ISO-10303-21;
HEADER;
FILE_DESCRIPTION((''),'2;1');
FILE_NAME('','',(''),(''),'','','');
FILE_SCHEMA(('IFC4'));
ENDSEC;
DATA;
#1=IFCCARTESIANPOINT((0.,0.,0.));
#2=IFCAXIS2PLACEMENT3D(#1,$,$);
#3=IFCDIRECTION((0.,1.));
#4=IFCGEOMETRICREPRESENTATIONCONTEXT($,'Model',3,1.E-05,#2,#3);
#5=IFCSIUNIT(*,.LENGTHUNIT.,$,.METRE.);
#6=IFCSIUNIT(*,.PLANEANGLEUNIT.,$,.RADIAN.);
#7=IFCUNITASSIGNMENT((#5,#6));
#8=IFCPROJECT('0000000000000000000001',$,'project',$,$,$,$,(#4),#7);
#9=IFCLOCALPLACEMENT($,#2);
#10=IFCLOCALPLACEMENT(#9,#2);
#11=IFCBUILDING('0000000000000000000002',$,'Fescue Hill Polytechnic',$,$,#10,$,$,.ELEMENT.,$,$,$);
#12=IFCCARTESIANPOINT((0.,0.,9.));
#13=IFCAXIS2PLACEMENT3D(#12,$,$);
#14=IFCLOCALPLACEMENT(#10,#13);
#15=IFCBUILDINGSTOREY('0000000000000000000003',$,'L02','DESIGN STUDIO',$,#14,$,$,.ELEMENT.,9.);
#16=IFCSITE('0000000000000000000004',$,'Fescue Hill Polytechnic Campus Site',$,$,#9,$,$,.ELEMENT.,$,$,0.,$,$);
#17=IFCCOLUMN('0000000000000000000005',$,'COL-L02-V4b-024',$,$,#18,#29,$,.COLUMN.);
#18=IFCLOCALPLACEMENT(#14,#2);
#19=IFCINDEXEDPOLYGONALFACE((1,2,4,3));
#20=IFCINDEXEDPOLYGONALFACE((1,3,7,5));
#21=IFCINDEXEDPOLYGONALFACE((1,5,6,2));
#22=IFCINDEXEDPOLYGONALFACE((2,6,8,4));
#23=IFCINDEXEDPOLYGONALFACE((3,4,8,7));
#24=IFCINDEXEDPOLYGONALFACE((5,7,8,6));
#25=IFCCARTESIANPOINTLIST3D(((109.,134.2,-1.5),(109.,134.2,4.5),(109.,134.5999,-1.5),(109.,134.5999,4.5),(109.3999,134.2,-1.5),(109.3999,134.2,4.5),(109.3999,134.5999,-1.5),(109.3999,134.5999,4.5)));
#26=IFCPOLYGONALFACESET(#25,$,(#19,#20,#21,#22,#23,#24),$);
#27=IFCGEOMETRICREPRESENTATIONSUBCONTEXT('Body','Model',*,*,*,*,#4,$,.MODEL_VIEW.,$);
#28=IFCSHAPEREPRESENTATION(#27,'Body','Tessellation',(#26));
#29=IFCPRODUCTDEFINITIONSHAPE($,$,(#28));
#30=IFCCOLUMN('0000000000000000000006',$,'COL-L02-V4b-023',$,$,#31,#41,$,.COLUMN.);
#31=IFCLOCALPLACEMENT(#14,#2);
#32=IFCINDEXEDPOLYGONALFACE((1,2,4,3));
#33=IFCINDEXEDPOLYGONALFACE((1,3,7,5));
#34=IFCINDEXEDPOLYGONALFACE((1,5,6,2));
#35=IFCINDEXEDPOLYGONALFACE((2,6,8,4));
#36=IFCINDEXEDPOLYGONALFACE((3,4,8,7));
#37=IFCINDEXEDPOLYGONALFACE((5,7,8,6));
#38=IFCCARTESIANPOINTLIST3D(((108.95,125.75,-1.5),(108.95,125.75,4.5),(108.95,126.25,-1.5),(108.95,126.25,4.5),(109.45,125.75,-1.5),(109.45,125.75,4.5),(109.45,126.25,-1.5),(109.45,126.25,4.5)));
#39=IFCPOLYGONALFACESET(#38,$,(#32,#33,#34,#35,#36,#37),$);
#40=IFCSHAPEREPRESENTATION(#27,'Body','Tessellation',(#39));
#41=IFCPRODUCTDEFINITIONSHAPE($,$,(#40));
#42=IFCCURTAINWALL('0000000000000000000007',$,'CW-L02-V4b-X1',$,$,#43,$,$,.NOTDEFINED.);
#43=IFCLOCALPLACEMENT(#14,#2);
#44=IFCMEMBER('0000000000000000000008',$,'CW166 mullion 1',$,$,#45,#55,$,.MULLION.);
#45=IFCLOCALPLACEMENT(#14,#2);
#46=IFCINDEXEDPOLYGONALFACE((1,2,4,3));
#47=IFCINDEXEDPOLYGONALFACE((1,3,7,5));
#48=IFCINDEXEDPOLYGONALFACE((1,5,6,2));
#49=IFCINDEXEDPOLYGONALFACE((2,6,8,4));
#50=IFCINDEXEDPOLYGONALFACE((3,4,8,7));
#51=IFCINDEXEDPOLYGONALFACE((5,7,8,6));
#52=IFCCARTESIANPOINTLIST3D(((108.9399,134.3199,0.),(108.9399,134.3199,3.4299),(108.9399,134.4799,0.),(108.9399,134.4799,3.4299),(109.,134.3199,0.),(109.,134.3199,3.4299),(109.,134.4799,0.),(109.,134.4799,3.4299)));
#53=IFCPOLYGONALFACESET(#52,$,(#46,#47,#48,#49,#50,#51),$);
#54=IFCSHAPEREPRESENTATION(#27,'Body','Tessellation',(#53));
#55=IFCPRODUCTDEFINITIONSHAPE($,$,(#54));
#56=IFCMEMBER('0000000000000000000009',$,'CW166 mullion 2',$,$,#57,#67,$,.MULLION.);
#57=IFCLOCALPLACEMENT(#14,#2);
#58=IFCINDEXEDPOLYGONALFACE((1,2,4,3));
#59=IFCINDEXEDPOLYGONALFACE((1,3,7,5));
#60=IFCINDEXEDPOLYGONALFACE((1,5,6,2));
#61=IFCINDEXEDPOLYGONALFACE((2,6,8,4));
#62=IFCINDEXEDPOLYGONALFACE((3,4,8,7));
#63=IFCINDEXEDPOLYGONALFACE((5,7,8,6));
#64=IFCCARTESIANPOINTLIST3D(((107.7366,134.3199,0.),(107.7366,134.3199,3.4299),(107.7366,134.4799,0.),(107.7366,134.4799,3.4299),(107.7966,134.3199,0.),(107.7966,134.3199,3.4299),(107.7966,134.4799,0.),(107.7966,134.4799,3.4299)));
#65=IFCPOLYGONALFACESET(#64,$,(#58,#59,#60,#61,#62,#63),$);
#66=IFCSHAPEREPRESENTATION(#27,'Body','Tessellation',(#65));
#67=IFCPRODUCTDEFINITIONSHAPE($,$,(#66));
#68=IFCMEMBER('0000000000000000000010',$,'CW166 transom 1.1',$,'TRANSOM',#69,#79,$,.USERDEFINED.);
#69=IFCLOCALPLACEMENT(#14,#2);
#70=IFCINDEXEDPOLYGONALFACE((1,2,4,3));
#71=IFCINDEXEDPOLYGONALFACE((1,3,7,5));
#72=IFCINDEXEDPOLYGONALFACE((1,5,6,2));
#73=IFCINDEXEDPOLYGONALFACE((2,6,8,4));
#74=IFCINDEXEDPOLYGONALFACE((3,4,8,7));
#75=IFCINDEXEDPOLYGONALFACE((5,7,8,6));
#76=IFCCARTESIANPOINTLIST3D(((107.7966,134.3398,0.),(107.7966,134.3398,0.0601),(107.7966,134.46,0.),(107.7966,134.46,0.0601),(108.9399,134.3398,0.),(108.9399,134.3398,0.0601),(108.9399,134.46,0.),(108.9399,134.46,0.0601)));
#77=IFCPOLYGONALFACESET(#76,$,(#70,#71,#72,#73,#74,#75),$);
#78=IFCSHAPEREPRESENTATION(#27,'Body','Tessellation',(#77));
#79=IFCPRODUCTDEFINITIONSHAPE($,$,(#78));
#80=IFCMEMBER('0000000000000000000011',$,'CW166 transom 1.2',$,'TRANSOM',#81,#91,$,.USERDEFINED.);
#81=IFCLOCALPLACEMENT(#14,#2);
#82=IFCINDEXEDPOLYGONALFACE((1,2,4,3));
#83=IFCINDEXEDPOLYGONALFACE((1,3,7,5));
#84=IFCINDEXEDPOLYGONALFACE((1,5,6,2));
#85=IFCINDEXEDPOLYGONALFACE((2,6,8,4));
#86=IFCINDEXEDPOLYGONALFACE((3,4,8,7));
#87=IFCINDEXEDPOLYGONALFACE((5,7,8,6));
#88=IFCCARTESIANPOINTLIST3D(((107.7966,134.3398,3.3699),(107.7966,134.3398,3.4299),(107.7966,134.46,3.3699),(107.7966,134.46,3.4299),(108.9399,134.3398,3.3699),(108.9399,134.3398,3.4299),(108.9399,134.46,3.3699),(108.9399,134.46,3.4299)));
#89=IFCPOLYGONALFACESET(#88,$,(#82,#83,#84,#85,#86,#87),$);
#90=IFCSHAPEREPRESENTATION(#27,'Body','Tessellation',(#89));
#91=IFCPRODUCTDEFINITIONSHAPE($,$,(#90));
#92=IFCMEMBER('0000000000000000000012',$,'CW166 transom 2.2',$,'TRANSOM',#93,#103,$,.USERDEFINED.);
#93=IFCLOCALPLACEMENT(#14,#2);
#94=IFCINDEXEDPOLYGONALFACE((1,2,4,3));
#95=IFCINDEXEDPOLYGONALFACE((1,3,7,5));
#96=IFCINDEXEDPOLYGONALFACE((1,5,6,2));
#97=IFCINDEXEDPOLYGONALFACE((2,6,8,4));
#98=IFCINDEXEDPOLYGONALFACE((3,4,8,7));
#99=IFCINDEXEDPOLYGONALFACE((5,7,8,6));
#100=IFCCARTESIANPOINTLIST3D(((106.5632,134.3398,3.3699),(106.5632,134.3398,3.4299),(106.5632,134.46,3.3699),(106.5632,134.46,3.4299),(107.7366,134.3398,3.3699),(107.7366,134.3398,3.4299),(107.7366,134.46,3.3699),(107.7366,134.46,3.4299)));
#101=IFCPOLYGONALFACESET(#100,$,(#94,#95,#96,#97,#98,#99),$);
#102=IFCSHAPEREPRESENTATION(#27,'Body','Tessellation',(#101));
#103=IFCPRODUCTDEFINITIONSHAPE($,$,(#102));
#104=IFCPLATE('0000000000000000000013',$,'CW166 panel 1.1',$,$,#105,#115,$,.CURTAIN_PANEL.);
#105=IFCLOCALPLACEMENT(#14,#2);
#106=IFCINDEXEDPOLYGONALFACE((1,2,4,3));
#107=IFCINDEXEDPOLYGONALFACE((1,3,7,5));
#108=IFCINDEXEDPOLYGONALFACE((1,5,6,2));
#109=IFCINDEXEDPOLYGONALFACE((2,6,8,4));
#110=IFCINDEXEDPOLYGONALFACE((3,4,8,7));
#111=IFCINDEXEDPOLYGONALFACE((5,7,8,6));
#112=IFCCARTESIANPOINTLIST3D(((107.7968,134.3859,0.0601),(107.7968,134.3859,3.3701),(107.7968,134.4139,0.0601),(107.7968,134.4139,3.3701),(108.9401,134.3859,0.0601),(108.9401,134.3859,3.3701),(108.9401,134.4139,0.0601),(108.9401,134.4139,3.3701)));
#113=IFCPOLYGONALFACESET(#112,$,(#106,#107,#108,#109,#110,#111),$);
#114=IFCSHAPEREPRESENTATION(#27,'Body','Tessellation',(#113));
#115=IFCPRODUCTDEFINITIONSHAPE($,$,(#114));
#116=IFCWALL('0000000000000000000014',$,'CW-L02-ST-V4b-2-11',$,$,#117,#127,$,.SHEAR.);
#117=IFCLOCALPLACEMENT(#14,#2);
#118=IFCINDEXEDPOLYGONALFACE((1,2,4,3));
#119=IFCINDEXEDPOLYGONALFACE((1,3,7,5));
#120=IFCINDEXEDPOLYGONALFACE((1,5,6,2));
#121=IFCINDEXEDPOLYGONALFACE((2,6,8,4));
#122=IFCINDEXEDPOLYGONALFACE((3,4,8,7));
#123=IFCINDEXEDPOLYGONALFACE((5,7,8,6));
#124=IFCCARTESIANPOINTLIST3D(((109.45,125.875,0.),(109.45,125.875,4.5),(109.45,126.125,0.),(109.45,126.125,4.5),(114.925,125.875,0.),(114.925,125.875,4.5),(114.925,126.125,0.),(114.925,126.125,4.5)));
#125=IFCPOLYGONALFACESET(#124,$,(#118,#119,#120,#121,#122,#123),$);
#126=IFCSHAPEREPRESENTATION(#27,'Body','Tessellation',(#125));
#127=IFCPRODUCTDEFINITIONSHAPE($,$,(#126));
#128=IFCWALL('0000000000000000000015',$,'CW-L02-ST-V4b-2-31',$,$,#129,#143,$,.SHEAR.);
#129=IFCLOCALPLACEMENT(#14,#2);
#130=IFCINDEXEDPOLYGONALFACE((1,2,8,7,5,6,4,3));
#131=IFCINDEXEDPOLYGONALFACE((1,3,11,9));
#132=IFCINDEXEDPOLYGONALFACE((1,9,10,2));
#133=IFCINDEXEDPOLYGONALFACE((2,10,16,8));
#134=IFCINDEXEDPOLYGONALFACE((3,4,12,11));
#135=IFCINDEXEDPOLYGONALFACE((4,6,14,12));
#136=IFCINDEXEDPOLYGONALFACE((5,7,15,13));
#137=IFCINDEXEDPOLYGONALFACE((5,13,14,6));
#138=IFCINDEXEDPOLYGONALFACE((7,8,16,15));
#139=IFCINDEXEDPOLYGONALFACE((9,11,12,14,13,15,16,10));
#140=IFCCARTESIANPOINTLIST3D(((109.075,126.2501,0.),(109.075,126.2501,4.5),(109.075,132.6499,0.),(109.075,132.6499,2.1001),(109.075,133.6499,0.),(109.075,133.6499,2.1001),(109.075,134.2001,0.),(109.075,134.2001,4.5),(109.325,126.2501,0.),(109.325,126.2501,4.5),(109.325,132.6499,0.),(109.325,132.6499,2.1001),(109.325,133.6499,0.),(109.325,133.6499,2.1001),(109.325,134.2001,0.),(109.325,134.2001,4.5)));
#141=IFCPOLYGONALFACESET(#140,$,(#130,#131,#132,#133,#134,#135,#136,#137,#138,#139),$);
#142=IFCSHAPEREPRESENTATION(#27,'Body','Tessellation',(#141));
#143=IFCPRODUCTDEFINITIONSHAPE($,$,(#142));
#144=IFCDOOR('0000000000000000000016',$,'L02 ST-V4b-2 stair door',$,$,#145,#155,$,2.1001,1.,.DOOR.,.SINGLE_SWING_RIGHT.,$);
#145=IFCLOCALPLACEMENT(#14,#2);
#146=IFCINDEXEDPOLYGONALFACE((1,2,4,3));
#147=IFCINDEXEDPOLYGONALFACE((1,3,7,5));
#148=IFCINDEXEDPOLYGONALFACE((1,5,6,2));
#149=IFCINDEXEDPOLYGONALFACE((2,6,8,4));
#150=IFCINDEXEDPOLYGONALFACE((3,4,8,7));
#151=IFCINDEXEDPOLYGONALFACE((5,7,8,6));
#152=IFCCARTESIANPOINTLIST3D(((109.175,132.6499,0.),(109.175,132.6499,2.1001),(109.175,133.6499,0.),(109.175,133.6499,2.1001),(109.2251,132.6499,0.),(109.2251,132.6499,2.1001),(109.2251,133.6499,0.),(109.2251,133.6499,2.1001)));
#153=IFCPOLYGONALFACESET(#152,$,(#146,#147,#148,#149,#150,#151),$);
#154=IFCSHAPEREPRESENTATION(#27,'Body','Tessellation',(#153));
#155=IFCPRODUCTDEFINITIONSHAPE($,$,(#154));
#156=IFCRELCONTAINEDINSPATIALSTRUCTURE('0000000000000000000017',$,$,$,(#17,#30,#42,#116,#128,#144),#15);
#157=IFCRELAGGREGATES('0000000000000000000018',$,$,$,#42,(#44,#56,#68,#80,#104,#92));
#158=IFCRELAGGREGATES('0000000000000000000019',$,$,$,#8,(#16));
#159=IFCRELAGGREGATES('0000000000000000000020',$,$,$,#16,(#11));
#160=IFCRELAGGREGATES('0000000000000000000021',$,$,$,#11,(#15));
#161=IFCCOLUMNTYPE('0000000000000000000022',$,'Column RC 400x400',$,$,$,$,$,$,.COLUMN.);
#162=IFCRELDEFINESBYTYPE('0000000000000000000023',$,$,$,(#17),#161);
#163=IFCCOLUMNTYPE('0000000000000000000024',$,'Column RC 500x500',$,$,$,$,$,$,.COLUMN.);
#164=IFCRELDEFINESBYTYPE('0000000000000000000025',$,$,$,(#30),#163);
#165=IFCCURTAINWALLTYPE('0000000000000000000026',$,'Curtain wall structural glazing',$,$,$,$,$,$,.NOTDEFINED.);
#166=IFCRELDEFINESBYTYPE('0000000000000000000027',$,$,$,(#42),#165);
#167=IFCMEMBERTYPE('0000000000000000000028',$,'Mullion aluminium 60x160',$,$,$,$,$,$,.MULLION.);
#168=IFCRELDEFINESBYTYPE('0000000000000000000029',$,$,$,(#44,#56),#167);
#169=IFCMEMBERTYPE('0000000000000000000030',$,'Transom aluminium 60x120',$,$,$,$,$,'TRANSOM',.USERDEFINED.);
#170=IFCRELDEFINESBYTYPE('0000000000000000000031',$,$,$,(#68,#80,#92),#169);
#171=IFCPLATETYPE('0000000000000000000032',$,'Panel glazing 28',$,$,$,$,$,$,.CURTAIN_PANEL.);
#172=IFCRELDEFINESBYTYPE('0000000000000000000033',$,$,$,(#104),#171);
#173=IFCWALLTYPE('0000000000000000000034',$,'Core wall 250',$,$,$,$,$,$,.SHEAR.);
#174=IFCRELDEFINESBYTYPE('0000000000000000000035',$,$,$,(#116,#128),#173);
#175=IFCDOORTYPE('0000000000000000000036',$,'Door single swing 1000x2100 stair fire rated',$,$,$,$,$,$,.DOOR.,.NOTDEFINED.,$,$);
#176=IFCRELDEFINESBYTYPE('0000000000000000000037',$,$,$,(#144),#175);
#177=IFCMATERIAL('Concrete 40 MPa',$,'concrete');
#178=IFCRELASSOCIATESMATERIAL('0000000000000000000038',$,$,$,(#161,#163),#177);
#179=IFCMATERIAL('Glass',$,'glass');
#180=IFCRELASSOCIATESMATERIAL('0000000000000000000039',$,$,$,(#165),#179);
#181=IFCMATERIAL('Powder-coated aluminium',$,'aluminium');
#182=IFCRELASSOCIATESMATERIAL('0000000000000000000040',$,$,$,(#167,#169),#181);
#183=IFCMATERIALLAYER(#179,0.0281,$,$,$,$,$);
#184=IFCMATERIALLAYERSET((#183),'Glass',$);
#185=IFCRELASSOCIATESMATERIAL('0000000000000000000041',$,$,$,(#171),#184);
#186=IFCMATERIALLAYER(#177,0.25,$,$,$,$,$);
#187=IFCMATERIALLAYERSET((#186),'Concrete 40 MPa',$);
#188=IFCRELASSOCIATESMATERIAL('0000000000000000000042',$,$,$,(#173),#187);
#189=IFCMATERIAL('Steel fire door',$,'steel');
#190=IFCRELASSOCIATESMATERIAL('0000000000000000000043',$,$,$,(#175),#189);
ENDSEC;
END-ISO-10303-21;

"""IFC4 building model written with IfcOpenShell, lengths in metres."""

from ifc_helpers import new_model, si_unit, direction, frame, frame_2d, origin, origin_2d, place, context, subcontext, project, spatial, rectangle, extrude, material, layer, layer_set, material_profile, profile_set, type_object, element, fill, aggregate, save


model = new_model("IFC4")

# Units and contexts
model_context = context("Model", 3, precision=1e-05, world=origin(), true_north=direction((0.0, 1.0)))
body_context = subcontext(model_context, "Body", "Model", "MODEL_VIEW")
ifc_project = project(units=[si_unit("LENGTHUNIT", "METRE"), si_unit("PLANEANGLEUNIT", "RADIAN")], contexts=[model_context])

# Site, building, storey
site_placement = place(None, origin())
site = spatial("IfcSite", under=ifc_project, at=site_placement, Name="Fescue Hill Polytechnic Campus Site", CompositionType="ELEMENT", RefElevation=0.0)
building_placement = place(site_placement, origin())
building = spatial("IfcBuilding", under=site, at=building_placement, Name="Fescue Hill Polytechnic", CompositionType="ELEMENT")
storey_placement = place(building_placement, frame((0.0, 0.0, 9.0)))
storey = spatial("IfcBuildingStorey", under=building, at=storey_placement, Name="L02", Description="DESIGN STUDIO", CompositionType="ELEMENT", Elevation=9.0)

# Columns
ifc_material_1 = material(Name="Concrete 40 MPa", Category="concrete")
ifc_material_profile_1 = material_profile(ifc_material_1, rectangle(XDim=0.3999, YDim=0.3999, at=origin_2d()), Name="RC 400x400")
ifc_profile_set_1 = profile_set([ifc_material_profile_1], Name="Concrete 40 MPa")
column_type_1 = type_object("IfcColumnType", Name="Column RC 400x400", PredefinedType="COLUMN", material=ifc_profile_set_1)
column_1_placement = place(storey_placement, frame((109.2, 134.3999, -1.5), z_axis=(0.0, 0.0, 1.0), x_axis=(1.0, 0.0, 0.0)))
element("IfcColumn", 1, at=column_1_placement, inside=storey, type_object=column_type_1, Name="COL-L02-V4b-024", PredefinedType="COLUMN", context=body_context, shape_type="SweptSolid", body=[
    extrude(rectangle(XDim=0.3999, YDim=0.3999, at=origin_2d()), origin(), (0.0, 0.0, 1.0), 6.0),
])
ifc_material_profile_2 = material_profile(ifc_material_1, rectangle(XDim=0.5, YDim=0.5, at=origin_2d()), Name="RC 500x500")
ifc_profile_set_2 = profile_set([ifc_material_profile_2], Name="Concrete 40 MPa")
column_type_2 = type_object("IfcColumnType", Name="Column RC 500x500", PredefinedType="COLUMN", material=ifc_profile_set_2)
column_2_placement = place(storey_placement, frame((109.2, 126.0, -1.5), z_axis=(0.0, 0.0, 1.0), x_axis=(1.0, 0.0, 0.0)))
element("IfcColumn", 2, at=column_2_placement, inside=storey, type_object=column_type_2, Name="COL-L02-V4b-023", PredefinedType="COLUMN", context=body_context, shape_type="SweptSolid", body=[
    extrude(rectangle(XDim=0.5, YDim=0.5, at=origin_2d()), origin(), (0.0, 0.0, 1.0), 6.0),
])

# Curtain wall, members, plate
ifc_material_2 = material(Name="Glass", Category="glass")
curtain_wall_type = type_object("IfcCurtainWallType", Name="Curtain wall structural glazing", PredefinedType="NOTDEFINED", material=ifc_material_2)
curtain_wall_placement = place(storey_placement, origin())
curtain_wall = element("IfcCurtainWall", 3, at=curtain_wall_placement, inside=storey, type_object=curtain_wall_type, Name="CW-L02-V4b-X1", PredefinedType="NOTDEFINED")
ifc_material_3 = material(Name="Powder-coated aluminium", Category="aluminium")
ifc_material_profile_3 = material_profile(ifc_material_3, rectangle(XDim=0.1599, YDim=0.0601, at=origin_2d()), Name="Mullion aluminium 60x160")
ifc_profile_set_3 = profile_set([ifc_material_profile_3], Name="Powder-coated aluminium")
member_type_1 = type_object("IfcMemberType", Name="Mullion aluminium 60x160", PredefinedType="MULLION", material=ifc_profile_set_3)
member_1_placement = place(storey_placement, frame((108.97, 134.3999, 0.0), z_axis=(0.0, 0.0, 1.0), x_axis=(0.0, -1.0, 0.0)))
member_1 = element("IfcMember", 4, at=member_1_placement, type_object=member_type_1, Name="CW166 mullion 1", PredefinedType="MULLION", context=body_context, shape_type="SweptSolid", body=[
    extrude(rectangle(XDim=0.1599, YDim=0.0601, at=origin_2d()), origin(), (0.0, 0.0, 1.0), 3.4299),
])
member_2_placement = place(storey_placement, frame((107.7666, 134.3999, 0.0), z_axis=(0.0, 0.0, 1.0), x_axis=(0.0, -1.0, 0.0)))
member_2 = element("IfcMember", 5, at=member_2_placement, type_object=member_type_1, Name="CW166 mullion 2", PredefinedType="MULLION", context=body_context, shape_type="SweptSolid", body=[
    extrude(rectangle(XDim=0.1599, YDim=0.0601, at=origin_2d()), origin(), (0.0, 0.0, 1.0), 3.4299),
])
ifc_material_profile_4 = material_profile(ifc_material_3, rectangle(XDim=0.1201, YDim=0.0601, at=origin_2d()), Name="Transom aluminium 60x120")
ifc_profile_set_4 = profile_set([ifc_material_profile_4], Name="Powder-coated aluminium")
member_type_2 = type_object("IfcMemberType", Name="Transom aluminium 60x120", ElementType="TRANSOM", PredefinedType="USERDEFINED", material=ifc_profile_set_4)
member_3_placement = place(storey_placement, frame((108.9399, 134.3999, 0.03), z_axis=(-1.0, 0.0, 0.0), x_axis=(0.0, -1.0, 0.0)))
member_3 = element("IfcMember", 6, at=member_3_placement, type_object=member_type_2, Name="CW166 transom 1.1", ObjectType="TRANSOM", PredefinedType="USERDEFINED", context=body_context, shape_type="SweptSolid", body=[
    extrude(rectangle(XDim=0.1201, YDim=0.0601, at=origin_2d()), origin(), (0.0, 0.0, 1.0), 1.1433),
])
member_4_placement = place(storey_placement, frame((108.9399, 134.3999, 3.3999), z_axis=(-1.0, 0.0, 0.0), x_axis=(0.0, -1.0, 0.0)))
member_4 = element("IfcMember", 7, at=member_4_placement, type_object=member_type_2, Name="CW166 transom 1.2", ObjectType="TRANSOM", PredefinedType="USERDEFINED", context=body_context, shape_type="SweptSolid", body=[
    extrude(rectangle(XDim=0.1201, YDim=0.0601, at=origin_2d()), origin(), (0.0, 0.0, 1.0), 1.1433),
])
member_5_placement = place(storey_placement, frame((107.7366, 134.3999, 3.3999), z_axis=(-1.0, 0.0, 0.0), x_axis=(0.0, -1.0, 0.0)))
member_5 = element("IfcMember", 8, at=member_5_placement, type_object=member_type_2, Name="CW166 transom 2.2", ObjectType="TRANSOM", PredefinedType="USERDEFINED", context=body_context, shape_type="SweptSolid", body=[
    extrude(rectangle(XDim=0.1201, YDim=0.0601, at=origin_2d()), origin(), (0.0, 0.0, 1.0), 1.1733),
])
ifc_layer_1 = layer(ifc_material_2, 0.0281)
ifc_layer_set_1 = layer_set([ifc_layer_1], Name="Glass")
plate_type = type_object("IfcPlateType", Name="Panel glazing 28", PredefinedType="CURTAIN_PANEL", material=ifc_layer_set_1)
plate_placement = place(storey_placement, frame((108.3684, 134.3999, 0.0601), z_axis=(0.0, 0.0, 1.0), x_axis=(-1.0, 0.0, 0.0)))
plate = element("IfcPlate", 9, at=plate_placement, type_object=plate_type, Name="CW166 panel 1.1", PredefinedType="CURTAIN_PANEL", context=body_context, shape_type="SweptSolid", body=[
    extrude(rectangle(XDim=1.1433, YDim=0.0281, at=origin_2d()), origin(), (0.0, 0.0, 1.0), 3.3101),
])
aggregate(curtain_wall, [member_1, member_2, member_3, member_4, plate, member_5])

# Wall
ifc_layer_2 = layer(ifc_material_1, 0.25)
ifc_layer_set_2 = layer_set([ifc_layer_2], Name="Concrete 40 MPa")
wall_type_1 = type_object("IfcWallType", Name="Core wall 250", PredefinedType="SHEAR", material=ifc_layer_set_2)
wall_1_placement = place(storey_placement, frame((109.45, 126.0, 0.0), z_axis=(0.0, 0.0, 1.0), x_axis=(1.0, 0.0, 0.0)))
element("IfcWall", 10, at=wall_1_placement, inside=storey, type_object=wall_type_1, Name="CW-L02-ST-V4b-2-11", PredefinedType="SHEAR", context=body_context, shape_type="SweptSolid", body=[
    extrude(rectangle(XDim=5.4751, YDim=0.25, at=frame_2d((2.7375, 0.0))), origin(), (0.0, 0.0, 1.0), 4.5),
])

# Wall, opening, door
wall_2_placement = place(storey_placement, frame((109.2, 126.25, 0.0), z_axis=(0.0, 0.0, 1.0), x_axis=(0.0, 1.0, 0.0)))
wall_2 = element("IfcWall", 11, at=wall_2_placement, inside=storey, type_object=wall_type_1, Name="CW-L02-ST-V4b-2-31", PredefinedType="SHEAR", context=body_context, shape_type="SweptSolid", body=[
    extrude(rectangle(XDim=7.95, YDim=0.25, at=frame_2d((3.9751, 0.0))), origin(), (0.0, 0.0, 1.0), 4.5),
])
opening_1_placement = place(wall_2_placement, frame((6.3999, 0.0, 0.0)))
opening_1 = element("IfcOpeningElement", 12, at=opening_1_placement, cuts=wall_2, PredefinedType="OPENING", context=body_context, shape_type="SweptSolid", body=[
    extrude(rectangle(XDim=1.0, YDim=2.1001, at=frame_2d((0.5, 1.05))), frame((0.0, 0.135, 0.0), z_axis=(0.0, -1.0, 0.0), x_axis=(1.0, 0.0, 0.0)), (0.0, 0.0, 1.0), 0.27),
])
ifc_material_4 = material(Name="Steel fire door", Category="steel")
door_type_1 = type_object("IfcDoorType", Name="Door single swing 1000x2100 stair fire rated", OperationType="NOTDEFINED", PredefinedType="DOOR", material=ifc_material_4)
door_1_placement = place(opening_1_placement, origin())
door_1 = element("IfcDoor", 13, at=door_1_placement, inside=storey, type_object=door_type_1, Name="L02 ST-V4b-2 stair door", OperationType="SINGLE_SWING_RIGHT", OverallHeight=2.1001, OverallWidth=1.0, PredefinedType="DOOR", context=body_context, shape_type="SweptSolid", body=[
    extrude(rectangle(XDim=1.0, YDim=2.1001, at=frame_2d((0.5, 1.05))), frame((0.0, 0.0249, 0.0), z_axis=(0.0, -1.0, 0.0), x_axis=(1.0, 0.0, 0.0)), (0.0, 0.0, 1.0), 0.05),
])
fill(opening_1, door_1)

save(model, "model.ifc")
